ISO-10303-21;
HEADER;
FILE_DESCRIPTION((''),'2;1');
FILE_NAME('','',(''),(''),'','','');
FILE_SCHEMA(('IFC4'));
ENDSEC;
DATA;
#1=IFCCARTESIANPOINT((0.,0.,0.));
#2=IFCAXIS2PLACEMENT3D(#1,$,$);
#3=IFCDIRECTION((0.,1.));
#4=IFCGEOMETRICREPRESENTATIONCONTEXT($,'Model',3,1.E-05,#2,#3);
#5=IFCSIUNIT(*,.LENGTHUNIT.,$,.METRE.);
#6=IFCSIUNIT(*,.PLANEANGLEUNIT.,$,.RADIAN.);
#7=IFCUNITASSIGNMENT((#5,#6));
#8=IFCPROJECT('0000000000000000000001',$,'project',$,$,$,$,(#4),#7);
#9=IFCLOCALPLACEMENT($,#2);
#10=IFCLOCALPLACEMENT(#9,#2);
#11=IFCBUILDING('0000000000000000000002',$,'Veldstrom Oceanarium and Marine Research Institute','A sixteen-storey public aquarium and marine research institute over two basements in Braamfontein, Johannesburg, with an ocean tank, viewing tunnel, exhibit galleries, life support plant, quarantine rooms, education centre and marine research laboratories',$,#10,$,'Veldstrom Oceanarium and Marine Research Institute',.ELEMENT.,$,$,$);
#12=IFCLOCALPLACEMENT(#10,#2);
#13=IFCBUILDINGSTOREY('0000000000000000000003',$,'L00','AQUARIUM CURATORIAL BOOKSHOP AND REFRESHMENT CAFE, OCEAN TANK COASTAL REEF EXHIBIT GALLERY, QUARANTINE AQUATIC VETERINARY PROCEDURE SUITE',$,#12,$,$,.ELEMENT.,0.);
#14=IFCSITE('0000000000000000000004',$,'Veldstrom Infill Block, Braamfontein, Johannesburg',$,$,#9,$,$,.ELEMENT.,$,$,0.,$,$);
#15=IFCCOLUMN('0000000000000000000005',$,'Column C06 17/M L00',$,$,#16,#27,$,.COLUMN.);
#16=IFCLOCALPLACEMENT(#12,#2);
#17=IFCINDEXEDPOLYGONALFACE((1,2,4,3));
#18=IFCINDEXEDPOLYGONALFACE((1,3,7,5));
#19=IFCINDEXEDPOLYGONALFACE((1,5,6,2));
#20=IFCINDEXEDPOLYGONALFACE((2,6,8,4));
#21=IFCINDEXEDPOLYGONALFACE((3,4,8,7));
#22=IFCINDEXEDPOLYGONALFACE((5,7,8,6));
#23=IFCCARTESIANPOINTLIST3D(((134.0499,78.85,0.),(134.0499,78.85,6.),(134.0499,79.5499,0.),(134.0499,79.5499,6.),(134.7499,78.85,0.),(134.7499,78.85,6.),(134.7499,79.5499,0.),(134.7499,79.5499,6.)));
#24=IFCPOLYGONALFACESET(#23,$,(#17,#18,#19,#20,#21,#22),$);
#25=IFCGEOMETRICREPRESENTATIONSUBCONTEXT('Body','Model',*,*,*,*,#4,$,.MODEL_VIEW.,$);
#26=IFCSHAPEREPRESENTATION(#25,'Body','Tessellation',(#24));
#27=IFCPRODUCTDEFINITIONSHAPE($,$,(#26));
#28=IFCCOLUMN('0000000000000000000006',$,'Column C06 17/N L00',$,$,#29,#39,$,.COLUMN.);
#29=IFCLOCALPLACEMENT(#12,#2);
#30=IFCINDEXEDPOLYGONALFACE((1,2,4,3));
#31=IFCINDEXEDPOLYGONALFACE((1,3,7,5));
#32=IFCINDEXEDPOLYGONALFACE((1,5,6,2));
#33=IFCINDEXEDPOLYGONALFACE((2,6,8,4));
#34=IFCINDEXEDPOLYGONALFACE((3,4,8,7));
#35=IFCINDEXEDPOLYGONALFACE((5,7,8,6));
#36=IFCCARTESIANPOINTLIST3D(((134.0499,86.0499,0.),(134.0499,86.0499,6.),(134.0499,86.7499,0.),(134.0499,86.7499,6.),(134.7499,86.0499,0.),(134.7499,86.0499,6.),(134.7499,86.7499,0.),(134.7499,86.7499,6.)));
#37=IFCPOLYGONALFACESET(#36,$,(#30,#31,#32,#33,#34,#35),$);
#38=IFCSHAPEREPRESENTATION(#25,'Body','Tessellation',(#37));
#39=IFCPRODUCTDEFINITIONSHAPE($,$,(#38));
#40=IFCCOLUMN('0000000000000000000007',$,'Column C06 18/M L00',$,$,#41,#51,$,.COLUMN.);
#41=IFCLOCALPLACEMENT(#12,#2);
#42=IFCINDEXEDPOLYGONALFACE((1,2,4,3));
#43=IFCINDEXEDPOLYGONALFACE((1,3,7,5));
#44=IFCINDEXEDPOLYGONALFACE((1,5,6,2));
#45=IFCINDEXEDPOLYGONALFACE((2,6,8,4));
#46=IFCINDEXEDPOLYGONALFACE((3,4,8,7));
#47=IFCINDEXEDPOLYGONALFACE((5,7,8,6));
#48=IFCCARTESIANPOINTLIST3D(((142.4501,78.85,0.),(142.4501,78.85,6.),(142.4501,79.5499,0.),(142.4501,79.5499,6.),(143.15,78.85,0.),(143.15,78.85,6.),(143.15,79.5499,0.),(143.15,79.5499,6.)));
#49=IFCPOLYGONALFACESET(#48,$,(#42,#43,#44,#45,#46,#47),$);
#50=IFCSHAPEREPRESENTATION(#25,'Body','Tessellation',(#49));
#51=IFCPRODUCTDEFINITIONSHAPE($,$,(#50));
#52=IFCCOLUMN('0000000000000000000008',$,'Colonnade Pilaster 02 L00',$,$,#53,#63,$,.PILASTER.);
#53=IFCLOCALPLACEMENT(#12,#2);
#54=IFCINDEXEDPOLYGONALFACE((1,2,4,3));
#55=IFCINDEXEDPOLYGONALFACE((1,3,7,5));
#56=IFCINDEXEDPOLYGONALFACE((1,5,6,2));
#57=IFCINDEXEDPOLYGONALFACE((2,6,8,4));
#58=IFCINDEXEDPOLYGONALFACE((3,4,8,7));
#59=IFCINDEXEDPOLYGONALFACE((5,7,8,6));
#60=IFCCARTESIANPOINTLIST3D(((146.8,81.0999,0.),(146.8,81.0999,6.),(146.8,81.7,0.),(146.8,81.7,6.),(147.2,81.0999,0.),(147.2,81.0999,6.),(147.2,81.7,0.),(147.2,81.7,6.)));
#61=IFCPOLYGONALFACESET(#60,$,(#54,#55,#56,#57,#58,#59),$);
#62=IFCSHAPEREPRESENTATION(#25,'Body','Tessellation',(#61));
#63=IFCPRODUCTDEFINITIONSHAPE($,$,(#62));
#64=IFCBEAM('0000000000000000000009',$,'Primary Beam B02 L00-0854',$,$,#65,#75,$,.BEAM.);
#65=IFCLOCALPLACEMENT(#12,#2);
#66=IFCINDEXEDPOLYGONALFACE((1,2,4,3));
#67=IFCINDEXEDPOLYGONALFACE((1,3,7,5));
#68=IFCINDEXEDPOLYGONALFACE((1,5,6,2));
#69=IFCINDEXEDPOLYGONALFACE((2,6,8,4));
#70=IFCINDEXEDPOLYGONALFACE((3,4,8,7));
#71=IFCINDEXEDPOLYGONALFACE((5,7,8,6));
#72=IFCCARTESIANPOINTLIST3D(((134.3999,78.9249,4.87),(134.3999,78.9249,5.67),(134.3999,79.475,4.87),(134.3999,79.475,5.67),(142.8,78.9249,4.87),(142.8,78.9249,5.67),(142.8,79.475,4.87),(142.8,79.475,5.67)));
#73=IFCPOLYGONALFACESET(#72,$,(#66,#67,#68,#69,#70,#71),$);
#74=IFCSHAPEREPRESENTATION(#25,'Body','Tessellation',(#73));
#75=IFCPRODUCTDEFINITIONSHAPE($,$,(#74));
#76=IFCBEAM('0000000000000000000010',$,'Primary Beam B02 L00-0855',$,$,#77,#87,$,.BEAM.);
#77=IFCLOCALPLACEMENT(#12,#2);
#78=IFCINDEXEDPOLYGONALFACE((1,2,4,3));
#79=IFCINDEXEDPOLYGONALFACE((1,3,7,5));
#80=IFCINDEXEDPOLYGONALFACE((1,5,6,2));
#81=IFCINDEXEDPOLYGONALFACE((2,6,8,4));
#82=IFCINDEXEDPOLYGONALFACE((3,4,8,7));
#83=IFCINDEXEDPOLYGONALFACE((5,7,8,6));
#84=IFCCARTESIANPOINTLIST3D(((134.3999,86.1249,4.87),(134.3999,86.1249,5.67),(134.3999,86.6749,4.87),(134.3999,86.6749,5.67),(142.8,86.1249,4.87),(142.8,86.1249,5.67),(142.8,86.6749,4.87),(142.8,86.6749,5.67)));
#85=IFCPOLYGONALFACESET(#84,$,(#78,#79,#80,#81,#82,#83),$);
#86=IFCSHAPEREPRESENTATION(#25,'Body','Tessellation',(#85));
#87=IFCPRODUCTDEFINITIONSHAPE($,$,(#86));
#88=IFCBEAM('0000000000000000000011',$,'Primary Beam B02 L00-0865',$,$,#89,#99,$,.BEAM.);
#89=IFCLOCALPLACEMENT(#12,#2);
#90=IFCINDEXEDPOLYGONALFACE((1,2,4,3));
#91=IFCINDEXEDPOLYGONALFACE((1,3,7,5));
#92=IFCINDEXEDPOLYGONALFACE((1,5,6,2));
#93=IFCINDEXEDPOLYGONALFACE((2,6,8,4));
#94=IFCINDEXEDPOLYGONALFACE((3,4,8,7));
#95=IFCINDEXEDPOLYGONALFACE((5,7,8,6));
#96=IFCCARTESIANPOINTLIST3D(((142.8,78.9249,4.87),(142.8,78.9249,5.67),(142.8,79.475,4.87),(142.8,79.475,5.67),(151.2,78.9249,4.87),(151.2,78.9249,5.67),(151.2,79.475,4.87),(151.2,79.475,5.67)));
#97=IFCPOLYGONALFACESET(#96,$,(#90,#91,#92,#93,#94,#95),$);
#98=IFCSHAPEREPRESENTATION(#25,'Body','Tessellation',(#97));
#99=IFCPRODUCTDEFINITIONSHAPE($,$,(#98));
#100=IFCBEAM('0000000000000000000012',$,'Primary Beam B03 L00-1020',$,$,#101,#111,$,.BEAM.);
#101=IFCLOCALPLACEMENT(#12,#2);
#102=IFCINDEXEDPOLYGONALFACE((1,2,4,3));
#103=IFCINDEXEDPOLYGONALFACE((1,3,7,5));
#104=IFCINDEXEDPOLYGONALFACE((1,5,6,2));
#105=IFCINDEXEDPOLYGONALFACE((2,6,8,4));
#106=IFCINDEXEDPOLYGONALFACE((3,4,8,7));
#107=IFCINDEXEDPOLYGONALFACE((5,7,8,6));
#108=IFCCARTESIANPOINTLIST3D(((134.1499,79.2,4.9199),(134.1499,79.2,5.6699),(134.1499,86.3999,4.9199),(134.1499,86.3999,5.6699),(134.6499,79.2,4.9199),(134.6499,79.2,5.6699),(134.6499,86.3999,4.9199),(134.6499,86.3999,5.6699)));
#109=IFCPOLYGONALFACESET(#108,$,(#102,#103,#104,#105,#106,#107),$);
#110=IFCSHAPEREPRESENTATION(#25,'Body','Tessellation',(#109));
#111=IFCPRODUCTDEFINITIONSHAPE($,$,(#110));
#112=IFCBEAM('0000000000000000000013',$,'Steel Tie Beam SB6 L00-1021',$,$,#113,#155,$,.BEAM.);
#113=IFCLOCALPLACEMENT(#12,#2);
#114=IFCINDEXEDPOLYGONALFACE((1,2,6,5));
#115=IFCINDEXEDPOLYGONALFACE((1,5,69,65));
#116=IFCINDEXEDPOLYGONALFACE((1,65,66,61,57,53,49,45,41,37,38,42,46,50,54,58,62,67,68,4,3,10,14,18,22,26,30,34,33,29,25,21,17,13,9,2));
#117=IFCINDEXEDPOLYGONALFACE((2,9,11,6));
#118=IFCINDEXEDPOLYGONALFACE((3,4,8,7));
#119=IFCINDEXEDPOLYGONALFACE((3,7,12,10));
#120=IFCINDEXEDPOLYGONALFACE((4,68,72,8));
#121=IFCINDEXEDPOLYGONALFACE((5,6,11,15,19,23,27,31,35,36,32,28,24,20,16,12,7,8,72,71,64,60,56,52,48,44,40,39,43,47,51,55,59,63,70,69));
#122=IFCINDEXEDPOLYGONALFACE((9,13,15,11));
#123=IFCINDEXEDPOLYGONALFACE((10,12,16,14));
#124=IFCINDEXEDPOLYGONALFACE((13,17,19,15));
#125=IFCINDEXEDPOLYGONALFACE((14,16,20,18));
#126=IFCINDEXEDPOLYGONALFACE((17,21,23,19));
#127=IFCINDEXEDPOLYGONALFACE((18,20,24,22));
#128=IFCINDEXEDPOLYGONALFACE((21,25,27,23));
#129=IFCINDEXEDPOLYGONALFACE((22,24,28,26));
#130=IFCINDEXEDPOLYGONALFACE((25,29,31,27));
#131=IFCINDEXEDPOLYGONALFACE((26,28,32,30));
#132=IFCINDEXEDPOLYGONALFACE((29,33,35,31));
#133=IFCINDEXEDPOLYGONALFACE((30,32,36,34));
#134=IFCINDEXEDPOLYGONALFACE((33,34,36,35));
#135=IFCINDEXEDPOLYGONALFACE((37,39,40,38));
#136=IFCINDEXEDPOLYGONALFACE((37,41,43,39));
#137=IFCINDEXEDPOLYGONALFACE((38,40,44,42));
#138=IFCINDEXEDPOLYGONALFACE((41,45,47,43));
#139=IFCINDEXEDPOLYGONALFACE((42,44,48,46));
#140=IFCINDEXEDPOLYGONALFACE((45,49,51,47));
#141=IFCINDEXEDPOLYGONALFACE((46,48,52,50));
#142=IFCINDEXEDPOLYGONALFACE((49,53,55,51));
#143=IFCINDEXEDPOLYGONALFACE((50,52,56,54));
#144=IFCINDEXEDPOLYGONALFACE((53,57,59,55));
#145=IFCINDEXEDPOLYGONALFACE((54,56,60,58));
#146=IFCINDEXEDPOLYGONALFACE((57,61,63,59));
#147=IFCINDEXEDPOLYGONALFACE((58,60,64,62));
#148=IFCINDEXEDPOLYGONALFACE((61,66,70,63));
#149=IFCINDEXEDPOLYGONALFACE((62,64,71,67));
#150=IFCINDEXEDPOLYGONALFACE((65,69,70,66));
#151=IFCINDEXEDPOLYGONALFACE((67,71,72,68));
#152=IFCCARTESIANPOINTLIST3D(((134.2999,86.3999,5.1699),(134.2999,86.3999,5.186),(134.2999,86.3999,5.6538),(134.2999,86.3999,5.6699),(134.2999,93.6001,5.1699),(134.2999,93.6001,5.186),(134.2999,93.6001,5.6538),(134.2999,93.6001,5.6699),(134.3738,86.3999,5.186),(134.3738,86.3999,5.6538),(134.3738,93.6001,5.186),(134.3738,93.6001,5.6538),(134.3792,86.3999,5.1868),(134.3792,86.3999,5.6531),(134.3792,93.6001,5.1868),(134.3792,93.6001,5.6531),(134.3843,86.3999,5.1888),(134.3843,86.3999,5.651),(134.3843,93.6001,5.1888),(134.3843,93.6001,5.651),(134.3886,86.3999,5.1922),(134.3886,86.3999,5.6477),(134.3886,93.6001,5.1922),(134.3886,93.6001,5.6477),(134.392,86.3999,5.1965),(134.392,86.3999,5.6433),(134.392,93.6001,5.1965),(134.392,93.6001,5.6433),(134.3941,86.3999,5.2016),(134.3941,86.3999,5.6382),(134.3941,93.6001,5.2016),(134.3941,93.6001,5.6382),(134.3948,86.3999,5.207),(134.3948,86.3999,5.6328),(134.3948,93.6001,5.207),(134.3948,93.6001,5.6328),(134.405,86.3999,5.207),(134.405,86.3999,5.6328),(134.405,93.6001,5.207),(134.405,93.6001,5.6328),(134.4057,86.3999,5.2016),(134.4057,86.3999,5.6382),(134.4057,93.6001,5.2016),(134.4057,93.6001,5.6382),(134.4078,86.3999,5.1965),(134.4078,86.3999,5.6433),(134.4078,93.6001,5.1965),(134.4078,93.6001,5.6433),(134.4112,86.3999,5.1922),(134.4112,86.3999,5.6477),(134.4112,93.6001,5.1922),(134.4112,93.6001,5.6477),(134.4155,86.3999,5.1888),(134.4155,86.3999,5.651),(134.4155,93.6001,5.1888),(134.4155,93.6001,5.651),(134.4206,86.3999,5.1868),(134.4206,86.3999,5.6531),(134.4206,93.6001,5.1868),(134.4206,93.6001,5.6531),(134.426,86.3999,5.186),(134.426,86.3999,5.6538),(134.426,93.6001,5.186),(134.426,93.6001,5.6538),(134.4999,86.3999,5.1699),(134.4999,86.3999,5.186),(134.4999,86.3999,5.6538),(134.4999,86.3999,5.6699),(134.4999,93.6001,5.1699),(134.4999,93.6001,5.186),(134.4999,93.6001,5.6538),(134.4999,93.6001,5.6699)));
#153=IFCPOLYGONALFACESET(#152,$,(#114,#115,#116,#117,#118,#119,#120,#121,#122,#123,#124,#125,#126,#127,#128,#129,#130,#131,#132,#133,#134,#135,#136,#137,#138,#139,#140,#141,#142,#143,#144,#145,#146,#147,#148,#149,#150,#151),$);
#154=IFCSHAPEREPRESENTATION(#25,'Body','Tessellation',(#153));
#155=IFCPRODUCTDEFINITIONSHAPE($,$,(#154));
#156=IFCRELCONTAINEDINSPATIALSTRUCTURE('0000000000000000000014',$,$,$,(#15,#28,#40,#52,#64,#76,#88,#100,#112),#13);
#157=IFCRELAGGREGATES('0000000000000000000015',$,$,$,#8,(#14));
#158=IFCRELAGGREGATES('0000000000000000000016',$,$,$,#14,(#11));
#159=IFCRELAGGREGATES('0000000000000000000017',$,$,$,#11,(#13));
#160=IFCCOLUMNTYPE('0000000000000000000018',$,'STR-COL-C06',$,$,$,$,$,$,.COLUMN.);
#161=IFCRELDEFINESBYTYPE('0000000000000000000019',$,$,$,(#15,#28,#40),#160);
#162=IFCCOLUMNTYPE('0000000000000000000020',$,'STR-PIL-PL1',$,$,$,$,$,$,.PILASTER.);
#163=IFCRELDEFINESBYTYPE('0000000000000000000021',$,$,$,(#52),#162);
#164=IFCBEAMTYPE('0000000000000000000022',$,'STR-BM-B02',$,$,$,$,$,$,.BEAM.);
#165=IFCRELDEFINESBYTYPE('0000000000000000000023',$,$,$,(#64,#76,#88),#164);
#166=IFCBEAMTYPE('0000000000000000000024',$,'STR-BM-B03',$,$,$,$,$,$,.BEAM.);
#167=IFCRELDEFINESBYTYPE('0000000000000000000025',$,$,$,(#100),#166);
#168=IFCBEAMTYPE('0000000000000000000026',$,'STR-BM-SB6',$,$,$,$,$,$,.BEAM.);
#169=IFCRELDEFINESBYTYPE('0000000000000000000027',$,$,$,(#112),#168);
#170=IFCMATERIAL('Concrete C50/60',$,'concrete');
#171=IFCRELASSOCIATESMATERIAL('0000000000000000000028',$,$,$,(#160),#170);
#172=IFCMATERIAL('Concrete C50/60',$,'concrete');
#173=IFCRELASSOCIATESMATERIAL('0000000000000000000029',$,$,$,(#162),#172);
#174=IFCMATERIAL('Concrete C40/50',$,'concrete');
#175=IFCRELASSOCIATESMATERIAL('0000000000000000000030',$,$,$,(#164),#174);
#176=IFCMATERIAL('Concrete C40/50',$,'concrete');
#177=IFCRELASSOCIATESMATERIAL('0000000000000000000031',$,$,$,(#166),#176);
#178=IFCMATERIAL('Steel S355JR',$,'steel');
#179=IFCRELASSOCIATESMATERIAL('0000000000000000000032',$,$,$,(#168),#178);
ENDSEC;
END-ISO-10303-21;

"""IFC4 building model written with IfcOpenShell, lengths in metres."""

from ifc_helpers import new_model, si_unit, direction, frame, origin, origin_2d, place, context, subcontext, project, spatial, rectangle, i_section, extrude, material, material_profile, profile_set, type_object, element, save


model = new_model("IFC4")

# Units and contexts
model_context = context("Model", 3, precision=1e-05, world=origin(), true_north=direction((0.0, 1.0)))
body_context = subcontext(model_context, "Body", "Model", "MODEL_VIEW")
ifc_project = project(units=[si_unit("LENGTHUNIT", "METRE"), si_unit("PLANEANGLEUNIT", "RADIAN")], contexts=[model_context])

# Site, building, storey
site_placement = place(None, origin())
site = spatial("IfcSite", under=ifc_project, at=site_placement, Name="Veldstrom Infill Block, Braamfontein, Johannesburg", CompositionType="ELEMENT", RefElevation=0.0)
building_placement = place(site_placement, origin())
building = spatial("IfcBuilding", under=site, at=building_placement, Name="Veldstrom Oceanarium and Marine Research Institute", Description="A sixteen-storey public aquarium and marine research institute over two basements in Braamfontein, Johannesburg, with an ocean tank, viewing tunnel, exhibit galleries, life support plant, quarantine rooms, education centre and marine research laboratories", LongName="Veldstrom Oceanarium and Marine Research Institute", CompositionType="ELEMENT")
storey_placement = place(building_placement, origin())
storey = spatial("IfcBuildingStorey", under=building, at=storey_placement, Name="L00", Description="AQUARIUM CURATORIAL BOOKSHOP AND REFRESHMENT CAFE, OCEAN TANK COASTAL REEF EXHIBIT GALLERY, QUARANTINE AQUATIC VETERINARY PROCEDURE SUITE", CompositionType="ELEMENT", Elevation=0.0)

# Columns
ifc_material_1 = material(Name="Concrete C50/60", Category="concrete")
ifc_material_profile_1 = material_profile(ifc_material_1, rectangle(XDim=0.7, YDim=0.7, at=origin_2d()), Name="RC-COL-700x700")
ifc_profile_set_1 = profile_set([ifc_material_profile_1], Name="Concrete C50/60")
column_type_1 = type_object("IfcColumnType", Name="STR-COL-C06", PredefinedType="COLUMN", material=ifc_profile_set_1)
for number, where, z_axis, x_axis, name in (
    (1, (134.3999, 79.2, 0.0), (0.0, 0.0, 1.0), (1.0, 0.0, 0.0), "Column C06 17/M L00"),
    (2, (134.3999, 86.3999, 0.0), (0.0, 0.0, 1.0), (1.0, 0.0, 0.0), "Column C06 17/N L00"),
    (3, (142.8, 79.2, 0.0), (0.0, 0.0, 1.0), (1.0, 0.0, 0.0), "Column C06 18/M L00"),
):
    element("IfcColumn", number, at=place(storey_placement, frame(where, z_axis=z_axis, x_axis=x_axis)), inside=storey, type_object=column_type_1, Name=name, PredefinedType="COLUMN", context=body_context, shape_type="SweptSolid", body=[
        extrude(rectangle(XDim=0.7, YDim=0.7, at=origin_2d()), origin(), (0.0, 0.0, 1.0), 6.0),
    ])
ifc_material_2 = material(Name="Concrete C50/60", Category="concrete")
ifc_material_profile_2 = material_profile(ifc_material_2, rectangle(XDim=0.3999, YDim=0.6001, at=origin_2d()), Name="RC-PIL-600x400")
ifc_profile_set_2 = profile_set([ifc_material_profile_2], Name="Concrete C50/60")
column_type_2 = type_object("IfcColumnType", Name="STR-PIL-PL1", PredefinedType="PILASTER", material=ifc_profile_set_2)
column_placement = place(storey_placement, frame((147.0, 81.3999, 0.0), z_axis=(0.0, 0.0, 1.0), x_axis=(1.0, 0.0, 0.0)))
element("IfcColumn", 4, at=column_placement, inside=storey, type_object=column_type_2, Name="Colonnade Pilaster 02 L00", PredefinedType="PILASTER", context=body_context, shape_type="SweptSolid", body=[
    extrude(rectangle(XDim=0.3999, YDim=0.6001, at=origin_2d()), origin(), (0.0, 0.0, 1.0), 6.0),
])

# Beams
ifc_material_3 = material(Name="Concrete C40/50", Category="concrete")
ifc_material_profile_3 = material_profile(ifc_material_3, rectangle(XDim=0.55, YDim=0.8, at=origin_2d()), Name="RC-BM-550x800")
ifc_profile_set_3 = profile_set([ifc_material_profile_3], Name="Concrete C40/50")
beam_type_1 = type_object("IfcBeamType", Name="STR-BM-B02", PredefinedType="BEAM", material=ifc_profile_set_3)
for number, where, z_axis, x_axis, name in (
    (5, (134.3999, 79.2, 5.27), (1.0, 0.0, 0.0), (0.0, 1.0, 0.0), "Primary Beam B02 L00-0854"),
    (6, (134.3999, 86.3999, 5.27), (1.0, 0.0, 0.0), (0.0, 1.0, 0.0), "Primary Beam B02 L00-0855"),
):
    element("IfcBeam", number, at=place(storey_placement, frame(where, z_axis=z_axis, x_axis=x_axis)), inside=storey, type_object=beam_type_1, Name=name, PredefinedType="BEAM", context=body_context, shape_type="SweptSolid", body=[
        extrude(rectangle(XDim=0.55, YDim=0.8, at=origin_2d()), origin(), (0.0, 0.0, 1.0), 8.4001),
    ])
beam_1_placement = place(storey_placement, frame((142.8, 79.2, 5.27), z_axis=(1.0, 0.0, 0.0), x_axis=(0.0, 1.0, 0.0)))
element("IfcBeam", 7, at=beam_1_placement, inside=storey, type_object=beam_type_1, Name="Primary Beam B02 L00-0865", PredefinedType="BEAM", context=body_context, shape_type="SweptSolid", body=[
    extrude(rectangle(XDim=0.55, YDim=0.8, at=origin_2d()), origin(), (0.0, 0.0, 1.0), 8.3999),
])
ifc_material_4 = material(Name="Concrete C40/50", Category="concrete")
ifc_material_profile_4 = material_profile(ifc_material_4, rectangle(XDim=0.5, YDim=0.75, at=origin_2d()), Name="RC-BM-500x750")
ifc_profile_set_4 = profile_set([ifc_material_profile_4], Name="Concrete C40/50")
beam_type_2 = type_object("IfcBeamType", Name="STR-BM-B03", PredefinedType="BEAM", material=ifc_profile_set_4)
beam_2_placement = place(storey_placement, frame((134.3999, 79.2, 5.2949), z_axis=(0.0, 1.0, 0.0), x_axis=(-1.0, 0.0, 0.0)))
element("IfcBeam", 8, at=beam_2_placement, inside=storey, type_object=beam_type_2, Name="Primary Beam B03 L00-1020", PredefinedType="BEAM", context=body_context, shape_type="SweptSolid", body=[
    extrude(rectangle(XDim=0.5, YDim=0.75, at=origin_2d()), origin(), (0.0, 0.0, 1.0), 7.2),
])
ifc_material_5 = material(Name="Steel S355JR", Category="steel")
ifc_material_profile_5 = material_profile(ifc_material_5, i_section(OverallWidth=0.2, OverallDepth=0.5, WebThickness=0.0103, FlangeThickness=0.0161, FilletRadius=0.021, at=origin_2d()), Name="IPE 500")
ifc_profile_set_5 = profile_set([ifc_material_profile_5], Name="Steel S355JR")
beam_type_3 = type_object("IfcBeamType", Name="STR-BM-SB6", PredefinedType="BEAM", material=ifc_profile_set_5)
beam_3_placement = place(storey_placement, frame((134.3999, 86.3999, 5.4199), z_axis=(0.0, 1.0, 0.0), x_axis=(-1.0, 0.0, 0.0)))
element("IfcBeam", 9, at=beam_3_placement, inside=storey, type_object=beam_type_3, Name="Steel Tie Beam SB6 L00-1021", PredefinedType="BEAM", context=body_context, shape_type="SweptSolid", body=[
    extrude(i_section(OverallWidth=0.2, OverallDepth=0.5, WebThickness=0.0103, FlangeThickness=0.0161, FilletRadius=0.021, at=origin_2d()), origin(), (0.0, 0.0, 1.0), 7.2002),
])

save(model, "model.ifc")
